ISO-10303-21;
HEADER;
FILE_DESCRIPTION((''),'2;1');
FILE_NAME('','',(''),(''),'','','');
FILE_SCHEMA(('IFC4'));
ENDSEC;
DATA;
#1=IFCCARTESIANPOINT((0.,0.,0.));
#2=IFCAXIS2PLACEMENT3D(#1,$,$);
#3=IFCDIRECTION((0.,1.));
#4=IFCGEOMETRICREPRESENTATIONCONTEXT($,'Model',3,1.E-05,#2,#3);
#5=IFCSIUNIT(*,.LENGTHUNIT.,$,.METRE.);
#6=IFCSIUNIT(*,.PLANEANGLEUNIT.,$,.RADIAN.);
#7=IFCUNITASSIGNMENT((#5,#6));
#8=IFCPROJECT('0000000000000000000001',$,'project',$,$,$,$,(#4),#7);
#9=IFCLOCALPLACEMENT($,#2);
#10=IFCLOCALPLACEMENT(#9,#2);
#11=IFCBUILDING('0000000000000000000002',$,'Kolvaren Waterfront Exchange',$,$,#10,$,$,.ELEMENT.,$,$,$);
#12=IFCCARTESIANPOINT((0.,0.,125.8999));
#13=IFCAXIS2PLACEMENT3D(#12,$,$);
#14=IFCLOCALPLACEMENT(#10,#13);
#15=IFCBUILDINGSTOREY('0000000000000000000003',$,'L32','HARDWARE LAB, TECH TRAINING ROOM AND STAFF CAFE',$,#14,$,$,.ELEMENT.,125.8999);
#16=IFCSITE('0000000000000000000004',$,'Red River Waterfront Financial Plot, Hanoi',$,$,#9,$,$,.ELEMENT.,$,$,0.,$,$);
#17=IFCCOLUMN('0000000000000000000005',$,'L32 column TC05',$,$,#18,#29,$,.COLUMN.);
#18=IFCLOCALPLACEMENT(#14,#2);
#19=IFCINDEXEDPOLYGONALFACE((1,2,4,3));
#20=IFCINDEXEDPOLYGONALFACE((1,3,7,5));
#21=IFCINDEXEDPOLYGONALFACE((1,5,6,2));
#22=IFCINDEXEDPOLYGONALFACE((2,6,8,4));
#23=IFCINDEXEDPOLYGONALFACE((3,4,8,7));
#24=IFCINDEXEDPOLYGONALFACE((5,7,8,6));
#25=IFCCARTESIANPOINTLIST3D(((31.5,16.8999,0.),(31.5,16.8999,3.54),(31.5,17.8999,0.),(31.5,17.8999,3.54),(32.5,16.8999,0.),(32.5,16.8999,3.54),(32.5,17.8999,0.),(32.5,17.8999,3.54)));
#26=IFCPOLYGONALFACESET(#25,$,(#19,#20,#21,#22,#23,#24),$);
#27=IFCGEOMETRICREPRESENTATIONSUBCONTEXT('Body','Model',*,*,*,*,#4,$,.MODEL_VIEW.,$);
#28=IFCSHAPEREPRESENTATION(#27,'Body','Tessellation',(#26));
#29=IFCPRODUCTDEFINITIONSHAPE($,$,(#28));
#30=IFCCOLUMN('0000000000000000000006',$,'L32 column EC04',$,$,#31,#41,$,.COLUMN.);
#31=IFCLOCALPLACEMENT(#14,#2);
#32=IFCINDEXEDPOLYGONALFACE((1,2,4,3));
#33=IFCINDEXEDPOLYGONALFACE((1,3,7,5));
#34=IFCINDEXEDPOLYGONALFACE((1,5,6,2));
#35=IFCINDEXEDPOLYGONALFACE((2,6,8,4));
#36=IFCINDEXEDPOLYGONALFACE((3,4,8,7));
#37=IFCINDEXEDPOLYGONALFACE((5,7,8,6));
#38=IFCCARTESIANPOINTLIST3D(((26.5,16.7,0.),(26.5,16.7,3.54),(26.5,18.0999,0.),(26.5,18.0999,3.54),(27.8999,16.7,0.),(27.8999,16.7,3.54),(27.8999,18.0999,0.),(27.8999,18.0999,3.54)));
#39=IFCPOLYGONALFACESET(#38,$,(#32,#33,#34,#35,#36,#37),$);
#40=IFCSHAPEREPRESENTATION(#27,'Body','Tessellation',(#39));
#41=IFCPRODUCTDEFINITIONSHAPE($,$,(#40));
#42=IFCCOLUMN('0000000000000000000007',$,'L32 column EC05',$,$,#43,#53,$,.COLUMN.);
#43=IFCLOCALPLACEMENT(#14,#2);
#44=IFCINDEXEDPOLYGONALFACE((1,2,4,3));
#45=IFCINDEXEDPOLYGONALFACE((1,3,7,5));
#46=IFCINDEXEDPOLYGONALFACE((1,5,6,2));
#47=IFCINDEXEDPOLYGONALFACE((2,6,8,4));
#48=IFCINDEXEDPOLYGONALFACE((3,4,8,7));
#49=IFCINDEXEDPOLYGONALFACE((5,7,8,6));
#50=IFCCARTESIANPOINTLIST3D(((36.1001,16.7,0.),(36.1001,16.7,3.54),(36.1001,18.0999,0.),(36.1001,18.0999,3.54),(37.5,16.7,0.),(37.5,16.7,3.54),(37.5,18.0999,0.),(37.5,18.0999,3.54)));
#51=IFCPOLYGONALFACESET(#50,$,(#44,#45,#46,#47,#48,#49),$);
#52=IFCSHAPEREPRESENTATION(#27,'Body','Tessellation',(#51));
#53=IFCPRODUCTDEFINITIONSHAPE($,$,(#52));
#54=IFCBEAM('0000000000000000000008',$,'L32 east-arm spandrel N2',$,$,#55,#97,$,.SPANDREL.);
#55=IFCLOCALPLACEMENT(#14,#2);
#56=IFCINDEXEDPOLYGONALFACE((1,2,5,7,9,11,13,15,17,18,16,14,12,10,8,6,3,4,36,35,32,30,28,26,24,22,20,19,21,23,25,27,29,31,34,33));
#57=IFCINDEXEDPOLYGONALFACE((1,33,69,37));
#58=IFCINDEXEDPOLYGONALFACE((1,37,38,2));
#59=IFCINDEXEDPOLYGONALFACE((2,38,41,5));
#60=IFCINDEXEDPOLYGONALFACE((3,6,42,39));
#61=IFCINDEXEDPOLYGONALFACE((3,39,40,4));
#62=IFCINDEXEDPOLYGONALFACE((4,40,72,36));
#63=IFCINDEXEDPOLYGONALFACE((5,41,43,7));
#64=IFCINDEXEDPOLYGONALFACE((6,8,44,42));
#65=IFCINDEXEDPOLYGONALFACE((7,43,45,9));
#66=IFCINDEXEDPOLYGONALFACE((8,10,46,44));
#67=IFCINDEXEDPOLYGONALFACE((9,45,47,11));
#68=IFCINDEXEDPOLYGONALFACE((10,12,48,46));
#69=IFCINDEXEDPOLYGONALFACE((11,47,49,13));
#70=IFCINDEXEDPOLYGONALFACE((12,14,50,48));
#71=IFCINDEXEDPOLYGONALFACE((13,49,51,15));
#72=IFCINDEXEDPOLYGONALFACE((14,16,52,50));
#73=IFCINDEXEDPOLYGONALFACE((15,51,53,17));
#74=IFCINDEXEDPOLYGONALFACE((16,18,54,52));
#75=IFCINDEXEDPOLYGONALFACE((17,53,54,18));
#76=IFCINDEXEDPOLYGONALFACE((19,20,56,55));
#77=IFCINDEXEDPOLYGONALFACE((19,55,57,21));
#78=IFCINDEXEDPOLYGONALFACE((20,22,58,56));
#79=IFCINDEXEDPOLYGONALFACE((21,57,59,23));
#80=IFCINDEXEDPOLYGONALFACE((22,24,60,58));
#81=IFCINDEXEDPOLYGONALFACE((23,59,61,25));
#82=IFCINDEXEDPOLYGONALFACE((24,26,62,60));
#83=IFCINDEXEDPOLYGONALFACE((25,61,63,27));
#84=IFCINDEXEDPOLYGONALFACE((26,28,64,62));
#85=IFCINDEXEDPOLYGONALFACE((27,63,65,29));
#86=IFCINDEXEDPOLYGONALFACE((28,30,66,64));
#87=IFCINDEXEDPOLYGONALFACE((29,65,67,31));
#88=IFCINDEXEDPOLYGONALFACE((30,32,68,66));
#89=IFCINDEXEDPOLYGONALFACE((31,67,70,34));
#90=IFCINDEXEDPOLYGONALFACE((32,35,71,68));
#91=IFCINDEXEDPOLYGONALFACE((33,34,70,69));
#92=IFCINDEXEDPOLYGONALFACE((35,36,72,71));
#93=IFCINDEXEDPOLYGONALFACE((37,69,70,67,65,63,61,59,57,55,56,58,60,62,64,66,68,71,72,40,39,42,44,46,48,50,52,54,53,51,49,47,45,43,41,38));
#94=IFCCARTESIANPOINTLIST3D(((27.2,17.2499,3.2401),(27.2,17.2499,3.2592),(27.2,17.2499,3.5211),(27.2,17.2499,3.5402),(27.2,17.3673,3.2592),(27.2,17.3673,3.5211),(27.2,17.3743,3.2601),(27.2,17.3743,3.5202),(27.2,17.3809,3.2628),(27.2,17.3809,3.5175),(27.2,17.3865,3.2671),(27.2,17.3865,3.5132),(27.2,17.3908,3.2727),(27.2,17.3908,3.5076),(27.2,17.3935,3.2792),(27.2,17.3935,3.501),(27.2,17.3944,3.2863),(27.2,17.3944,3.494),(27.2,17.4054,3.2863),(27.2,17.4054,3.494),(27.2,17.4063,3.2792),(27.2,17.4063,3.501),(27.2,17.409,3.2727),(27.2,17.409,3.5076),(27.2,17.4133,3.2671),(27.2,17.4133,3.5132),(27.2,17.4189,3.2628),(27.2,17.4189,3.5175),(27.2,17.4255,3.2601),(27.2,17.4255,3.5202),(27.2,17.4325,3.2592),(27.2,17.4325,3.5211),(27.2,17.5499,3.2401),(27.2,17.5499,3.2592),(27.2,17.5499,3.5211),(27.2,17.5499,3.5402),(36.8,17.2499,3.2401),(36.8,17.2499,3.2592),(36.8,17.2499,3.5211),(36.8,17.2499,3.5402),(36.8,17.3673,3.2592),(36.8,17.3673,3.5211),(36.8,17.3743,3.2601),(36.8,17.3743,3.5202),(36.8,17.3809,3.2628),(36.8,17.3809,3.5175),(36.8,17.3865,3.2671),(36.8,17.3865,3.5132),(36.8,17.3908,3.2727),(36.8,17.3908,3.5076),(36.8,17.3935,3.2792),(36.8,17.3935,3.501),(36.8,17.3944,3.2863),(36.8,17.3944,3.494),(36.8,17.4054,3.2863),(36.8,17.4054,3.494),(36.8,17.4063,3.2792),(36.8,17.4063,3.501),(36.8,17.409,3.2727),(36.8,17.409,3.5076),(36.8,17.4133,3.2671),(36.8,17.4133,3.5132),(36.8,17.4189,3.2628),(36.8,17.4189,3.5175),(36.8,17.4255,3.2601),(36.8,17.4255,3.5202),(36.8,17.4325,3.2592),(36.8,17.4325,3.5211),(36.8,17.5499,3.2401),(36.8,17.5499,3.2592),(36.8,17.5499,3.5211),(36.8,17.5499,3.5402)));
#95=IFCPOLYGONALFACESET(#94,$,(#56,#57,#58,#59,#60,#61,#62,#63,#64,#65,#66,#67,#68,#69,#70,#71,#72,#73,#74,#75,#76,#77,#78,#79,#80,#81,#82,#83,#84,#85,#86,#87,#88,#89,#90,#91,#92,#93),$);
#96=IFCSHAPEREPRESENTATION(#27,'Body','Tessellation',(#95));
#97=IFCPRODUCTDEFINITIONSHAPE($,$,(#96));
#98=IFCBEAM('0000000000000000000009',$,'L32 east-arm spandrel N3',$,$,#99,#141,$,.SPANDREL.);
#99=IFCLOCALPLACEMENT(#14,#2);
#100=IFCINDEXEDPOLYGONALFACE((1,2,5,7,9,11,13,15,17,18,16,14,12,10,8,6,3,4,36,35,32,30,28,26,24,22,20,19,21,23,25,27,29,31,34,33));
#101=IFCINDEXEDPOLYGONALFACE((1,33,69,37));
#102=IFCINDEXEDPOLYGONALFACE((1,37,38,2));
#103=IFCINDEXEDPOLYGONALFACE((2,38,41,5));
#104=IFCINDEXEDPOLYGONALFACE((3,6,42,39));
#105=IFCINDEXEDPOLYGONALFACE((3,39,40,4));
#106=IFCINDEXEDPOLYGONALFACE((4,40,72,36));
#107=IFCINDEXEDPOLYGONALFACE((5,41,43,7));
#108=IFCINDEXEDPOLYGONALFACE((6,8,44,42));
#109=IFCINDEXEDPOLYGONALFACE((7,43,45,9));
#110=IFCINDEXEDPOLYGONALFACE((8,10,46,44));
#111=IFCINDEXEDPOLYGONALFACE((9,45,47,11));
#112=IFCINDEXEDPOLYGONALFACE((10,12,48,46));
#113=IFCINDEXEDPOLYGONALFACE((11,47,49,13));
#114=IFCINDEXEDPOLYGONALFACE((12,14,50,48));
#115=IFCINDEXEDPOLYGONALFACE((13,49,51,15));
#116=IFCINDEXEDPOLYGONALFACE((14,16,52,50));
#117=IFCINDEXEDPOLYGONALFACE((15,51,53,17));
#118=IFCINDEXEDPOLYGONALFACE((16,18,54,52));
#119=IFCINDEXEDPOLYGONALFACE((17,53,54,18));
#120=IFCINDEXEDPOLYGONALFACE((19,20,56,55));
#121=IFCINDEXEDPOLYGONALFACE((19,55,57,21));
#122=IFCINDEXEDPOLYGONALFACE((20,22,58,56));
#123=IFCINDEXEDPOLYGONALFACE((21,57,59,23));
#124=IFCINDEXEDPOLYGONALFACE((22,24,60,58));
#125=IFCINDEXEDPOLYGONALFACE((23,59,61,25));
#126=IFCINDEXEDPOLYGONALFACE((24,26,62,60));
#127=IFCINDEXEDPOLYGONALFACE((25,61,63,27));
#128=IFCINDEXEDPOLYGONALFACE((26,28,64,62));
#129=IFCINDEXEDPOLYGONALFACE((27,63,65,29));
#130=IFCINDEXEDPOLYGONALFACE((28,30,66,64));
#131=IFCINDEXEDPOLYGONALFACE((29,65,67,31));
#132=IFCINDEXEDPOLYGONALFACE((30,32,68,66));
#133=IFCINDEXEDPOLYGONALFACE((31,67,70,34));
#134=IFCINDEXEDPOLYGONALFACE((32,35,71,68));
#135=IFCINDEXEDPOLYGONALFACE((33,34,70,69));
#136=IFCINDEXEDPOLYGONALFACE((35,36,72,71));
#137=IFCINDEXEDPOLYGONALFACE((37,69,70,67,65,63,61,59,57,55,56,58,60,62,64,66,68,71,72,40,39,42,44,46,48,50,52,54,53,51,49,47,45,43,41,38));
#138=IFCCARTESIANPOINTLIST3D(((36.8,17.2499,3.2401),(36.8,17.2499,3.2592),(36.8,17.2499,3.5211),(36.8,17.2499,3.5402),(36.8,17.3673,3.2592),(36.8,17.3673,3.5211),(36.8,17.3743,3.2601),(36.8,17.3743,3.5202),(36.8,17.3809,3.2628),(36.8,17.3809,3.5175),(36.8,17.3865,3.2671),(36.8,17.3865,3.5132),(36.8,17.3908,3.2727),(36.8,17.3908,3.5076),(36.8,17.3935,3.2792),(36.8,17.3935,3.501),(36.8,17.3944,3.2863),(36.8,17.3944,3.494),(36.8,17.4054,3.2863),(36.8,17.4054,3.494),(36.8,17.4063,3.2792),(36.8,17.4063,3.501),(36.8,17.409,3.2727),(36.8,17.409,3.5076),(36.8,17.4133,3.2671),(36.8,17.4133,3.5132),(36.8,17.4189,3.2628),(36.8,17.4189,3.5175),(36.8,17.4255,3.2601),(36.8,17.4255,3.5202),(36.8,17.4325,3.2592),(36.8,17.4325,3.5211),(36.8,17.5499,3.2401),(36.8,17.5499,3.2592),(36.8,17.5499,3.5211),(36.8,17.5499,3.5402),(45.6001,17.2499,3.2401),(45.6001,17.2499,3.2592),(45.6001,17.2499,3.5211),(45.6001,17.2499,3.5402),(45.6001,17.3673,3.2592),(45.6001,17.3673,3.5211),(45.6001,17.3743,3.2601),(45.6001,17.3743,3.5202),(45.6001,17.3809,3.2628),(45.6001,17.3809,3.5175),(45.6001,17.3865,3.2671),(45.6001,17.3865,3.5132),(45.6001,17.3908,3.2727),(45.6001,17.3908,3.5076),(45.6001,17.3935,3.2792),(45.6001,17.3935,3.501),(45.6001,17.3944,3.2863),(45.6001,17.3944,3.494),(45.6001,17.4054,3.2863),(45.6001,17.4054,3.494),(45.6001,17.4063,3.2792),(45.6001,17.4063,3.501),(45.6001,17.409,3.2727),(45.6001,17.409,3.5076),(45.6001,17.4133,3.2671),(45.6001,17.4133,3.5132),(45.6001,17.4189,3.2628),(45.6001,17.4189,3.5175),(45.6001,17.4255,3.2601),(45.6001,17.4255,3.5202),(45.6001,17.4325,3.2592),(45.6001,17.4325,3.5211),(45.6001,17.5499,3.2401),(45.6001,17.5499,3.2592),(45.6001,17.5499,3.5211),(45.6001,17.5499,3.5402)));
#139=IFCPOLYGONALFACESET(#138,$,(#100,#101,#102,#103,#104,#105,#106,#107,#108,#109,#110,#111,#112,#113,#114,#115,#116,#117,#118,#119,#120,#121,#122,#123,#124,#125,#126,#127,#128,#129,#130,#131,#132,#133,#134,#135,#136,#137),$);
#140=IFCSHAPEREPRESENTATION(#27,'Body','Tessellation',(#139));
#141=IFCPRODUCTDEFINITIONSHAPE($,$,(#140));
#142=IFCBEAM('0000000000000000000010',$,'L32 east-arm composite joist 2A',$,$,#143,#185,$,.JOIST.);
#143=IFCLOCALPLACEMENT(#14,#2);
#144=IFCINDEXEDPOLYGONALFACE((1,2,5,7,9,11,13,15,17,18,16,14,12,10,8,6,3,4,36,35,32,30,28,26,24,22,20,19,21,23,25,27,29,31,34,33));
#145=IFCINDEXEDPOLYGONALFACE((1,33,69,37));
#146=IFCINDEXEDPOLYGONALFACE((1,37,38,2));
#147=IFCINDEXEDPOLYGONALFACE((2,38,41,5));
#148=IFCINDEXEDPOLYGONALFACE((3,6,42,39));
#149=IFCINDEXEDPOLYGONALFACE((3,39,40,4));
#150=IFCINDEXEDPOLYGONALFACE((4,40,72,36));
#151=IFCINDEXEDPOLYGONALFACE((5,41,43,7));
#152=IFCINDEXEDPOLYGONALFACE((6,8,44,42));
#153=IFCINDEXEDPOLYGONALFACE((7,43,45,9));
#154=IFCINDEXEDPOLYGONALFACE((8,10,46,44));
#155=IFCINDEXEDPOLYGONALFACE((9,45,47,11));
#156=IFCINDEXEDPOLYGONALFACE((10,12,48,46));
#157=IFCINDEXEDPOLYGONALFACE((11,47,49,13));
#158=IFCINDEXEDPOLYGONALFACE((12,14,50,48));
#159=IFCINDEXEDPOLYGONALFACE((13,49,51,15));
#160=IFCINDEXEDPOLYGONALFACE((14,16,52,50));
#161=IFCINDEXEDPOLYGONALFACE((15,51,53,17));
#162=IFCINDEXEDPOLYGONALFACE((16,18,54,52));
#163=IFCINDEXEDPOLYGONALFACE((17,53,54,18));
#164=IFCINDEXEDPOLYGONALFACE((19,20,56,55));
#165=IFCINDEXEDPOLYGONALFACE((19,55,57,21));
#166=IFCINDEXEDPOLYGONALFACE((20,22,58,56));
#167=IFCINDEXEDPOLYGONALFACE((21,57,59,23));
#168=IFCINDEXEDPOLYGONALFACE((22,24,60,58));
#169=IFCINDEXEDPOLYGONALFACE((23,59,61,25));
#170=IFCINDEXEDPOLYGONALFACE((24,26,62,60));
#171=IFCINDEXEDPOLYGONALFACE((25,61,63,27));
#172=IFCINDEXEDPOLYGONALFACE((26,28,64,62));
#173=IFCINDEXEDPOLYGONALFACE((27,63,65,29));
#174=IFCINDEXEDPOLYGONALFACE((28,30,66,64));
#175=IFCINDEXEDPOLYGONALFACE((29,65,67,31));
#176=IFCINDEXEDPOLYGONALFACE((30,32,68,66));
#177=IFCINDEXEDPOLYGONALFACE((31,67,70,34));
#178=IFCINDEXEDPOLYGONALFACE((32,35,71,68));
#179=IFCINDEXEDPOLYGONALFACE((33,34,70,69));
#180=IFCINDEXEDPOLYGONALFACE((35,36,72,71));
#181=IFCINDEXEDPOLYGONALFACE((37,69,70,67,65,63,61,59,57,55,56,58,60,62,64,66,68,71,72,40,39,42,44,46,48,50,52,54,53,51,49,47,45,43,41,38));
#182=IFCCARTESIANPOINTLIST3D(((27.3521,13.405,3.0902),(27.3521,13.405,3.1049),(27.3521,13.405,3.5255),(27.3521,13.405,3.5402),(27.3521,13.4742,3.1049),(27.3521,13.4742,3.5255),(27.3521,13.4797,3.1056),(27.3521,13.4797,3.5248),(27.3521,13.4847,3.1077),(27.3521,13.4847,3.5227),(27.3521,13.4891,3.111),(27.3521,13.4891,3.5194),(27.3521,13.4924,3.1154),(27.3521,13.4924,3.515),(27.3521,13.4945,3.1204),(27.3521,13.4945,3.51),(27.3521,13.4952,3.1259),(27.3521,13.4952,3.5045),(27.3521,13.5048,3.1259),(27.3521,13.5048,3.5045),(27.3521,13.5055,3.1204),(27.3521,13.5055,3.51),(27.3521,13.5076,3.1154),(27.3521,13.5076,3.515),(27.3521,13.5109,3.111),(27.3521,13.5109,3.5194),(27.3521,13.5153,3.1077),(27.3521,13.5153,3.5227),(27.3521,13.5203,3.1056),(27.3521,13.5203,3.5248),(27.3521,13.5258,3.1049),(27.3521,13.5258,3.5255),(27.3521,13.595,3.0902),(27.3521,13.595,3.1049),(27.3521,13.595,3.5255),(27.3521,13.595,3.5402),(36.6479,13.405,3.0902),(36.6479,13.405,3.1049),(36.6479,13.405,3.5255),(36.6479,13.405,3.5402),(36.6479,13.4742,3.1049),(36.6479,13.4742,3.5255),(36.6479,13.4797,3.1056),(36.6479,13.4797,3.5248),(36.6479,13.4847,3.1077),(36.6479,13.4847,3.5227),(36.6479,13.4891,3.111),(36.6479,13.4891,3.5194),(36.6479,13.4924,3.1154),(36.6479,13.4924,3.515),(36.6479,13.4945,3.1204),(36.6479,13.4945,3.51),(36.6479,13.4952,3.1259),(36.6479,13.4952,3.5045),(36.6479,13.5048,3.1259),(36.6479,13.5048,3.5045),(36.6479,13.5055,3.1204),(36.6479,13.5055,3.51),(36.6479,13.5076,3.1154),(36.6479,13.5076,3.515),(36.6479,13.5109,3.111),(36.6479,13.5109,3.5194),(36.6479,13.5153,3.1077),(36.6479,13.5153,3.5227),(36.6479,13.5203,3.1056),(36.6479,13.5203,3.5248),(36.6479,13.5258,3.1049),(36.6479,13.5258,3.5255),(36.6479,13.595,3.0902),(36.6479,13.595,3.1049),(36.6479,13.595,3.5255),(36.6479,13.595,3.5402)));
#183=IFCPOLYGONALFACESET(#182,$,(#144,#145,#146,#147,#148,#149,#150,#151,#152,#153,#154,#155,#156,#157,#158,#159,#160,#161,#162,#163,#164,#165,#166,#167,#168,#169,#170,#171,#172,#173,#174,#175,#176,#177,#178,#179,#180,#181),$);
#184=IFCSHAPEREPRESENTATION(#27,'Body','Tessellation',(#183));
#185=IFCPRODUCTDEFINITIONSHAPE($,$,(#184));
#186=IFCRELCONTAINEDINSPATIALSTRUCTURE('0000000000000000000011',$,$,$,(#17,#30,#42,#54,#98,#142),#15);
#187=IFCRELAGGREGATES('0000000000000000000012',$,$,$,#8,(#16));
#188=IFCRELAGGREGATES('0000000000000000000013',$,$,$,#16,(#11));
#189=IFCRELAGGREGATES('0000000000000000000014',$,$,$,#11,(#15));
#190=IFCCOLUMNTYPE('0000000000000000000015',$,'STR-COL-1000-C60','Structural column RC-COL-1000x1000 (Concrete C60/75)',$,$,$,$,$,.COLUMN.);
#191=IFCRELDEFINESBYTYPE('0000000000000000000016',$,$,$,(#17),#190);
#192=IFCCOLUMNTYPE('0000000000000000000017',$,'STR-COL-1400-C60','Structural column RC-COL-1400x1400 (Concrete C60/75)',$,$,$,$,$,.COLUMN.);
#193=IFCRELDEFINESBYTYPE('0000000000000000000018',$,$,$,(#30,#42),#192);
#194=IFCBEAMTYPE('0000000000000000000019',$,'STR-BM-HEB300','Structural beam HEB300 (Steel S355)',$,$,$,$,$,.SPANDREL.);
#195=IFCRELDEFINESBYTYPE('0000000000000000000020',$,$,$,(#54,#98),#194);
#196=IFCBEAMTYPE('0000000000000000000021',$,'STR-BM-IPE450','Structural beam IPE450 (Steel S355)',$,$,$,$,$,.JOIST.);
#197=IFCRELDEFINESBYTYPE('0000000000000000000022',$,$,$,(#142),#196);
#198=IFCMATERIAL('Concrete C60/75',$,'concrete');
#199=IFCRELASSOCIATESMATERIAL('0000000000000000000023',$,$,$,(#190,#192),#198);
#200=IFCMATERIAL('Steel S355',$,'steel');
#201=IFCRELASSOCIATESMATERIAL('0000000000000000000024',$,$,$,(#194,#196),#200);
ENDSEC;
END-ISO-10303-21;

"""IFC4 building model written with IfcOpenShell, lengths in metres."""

from ifc_helpers import new_model, si_unit, direction, frame, origin, origin_2d, place, context, subcontext, project, spatial, rectangle, i_section, extrude, material, material_profile, profile_set, type_object, element, save


model = new_model("IFC4")

# Units and contexts
model_context = context("Model", 3, precision=1e-05, world=origin(), true_north=direction((0.0, 1.0)))
body_context = subcontext(model_context, "Body", "Model", "MODEL_VIEW")
ifc_project = project(units=[si_unit("LENGTHUNIT", "METRE"), si_unit("PLANEANGLEUNIT", "RADIAN")], contexts=[model_context])

# Site, building, storey
site_placement = place(None, origin())
site = spatial("IfcSite", under=ifc_project, at=site_placement, Name="Red River Waterfront Financial Plot, Hanoi", CompositionType="ELEMENT", RefElevation=0.0)
building_placement = place(site_placement, origin())
building = spatial("IfcBuilding", under=site, at=building_placement, Name="Kolvaren Waterfront Exchange", CompositionType="ELEMENT")
storey_placement = place(building_placement, frame((0.0, 0.0, 125.8999)))
storey = spatial("IfcBuildingStorey", under=building, at=storey_placement, Name="L32", Description="HARDWARE LAB, TECH TRAINING ROOM AND STAFF CAFE", CompositionType="ELEMENT", Elevation=125.8999)

# Columns
ifc_material_1 = material(Name="Concrete C60/75", Category="concrete")
ifc_material_profile_1 = material_profile(ifc_material_1, rectangle(XDim=1.0, YDim=1.0, at=origin_2d()), Name="RC-COL-1000x1000")
ifc_profile_set_1 = profile_set([ifc_material_profile_1], Name="Concrete C60/75")
column_type_1 = type_object("IfcColumnType", Name="STR-COL-1000-C60", Description="Structural column RC-COL-1000x1000 (Concrete C60/75)", PredefinedType="COLUMN", material=ifc_profile_set_1)
column_placement = place(storey_placement, frame((32.0, 17.3999, 0.0), z_axis=(0.0, 0.0, 1.0), x_axis=(1.0, 0.0, 0.0)))
element("IfcColumn", 1, at=column_placement, inside=storey, type_object=column_type_1, Name="L32 column TC05", PredefinedType="COLUMN", context=body_context, shape_type="SweptSolid", body=[
    extrude(rectangle(XDim=1.0, YDim=1.0, at=origin_2d()), origin(), (0.0, 0.0, 1.0), 3.54),
])
ifc_material_profile_2 = material_profile(ifc_material_1, rectangle(XDim=1.3999, YDim=1.3999, at=origin_2d()), Name="RC-COL-1400x1400")
ifc_profile_set_2 = profile_set([ifc_material_profile_2], Name="Concrete C60/75")
column_type_2 = type_object("IfcColumnType", Name="STR-COL-1400-C60", Description="Structural column RC-COL-1400x1400 (Concrete C60/75)", PredefinedType="COLUMN", material=ifc_profile_set_2)
for number, where, z_axis, x_axis, name in (
    (2, (27.2, 17.3999, 0.0), (0.0, 0.0, 1.0), (1.0, 0.0, 0.0), "L32 column EC04"),
    (3, (36.8, 17.3999, 0.0), (0.0, 0.0, 1.0), (1.0, 0.0, 0.0), "L32 column EC05"),
):
    element("IfcColumn", number, at=place(storey_placement, frame(where, z_axis=z_axis, x_axis=x_axis)), inside=storey, type_object=column_type_2, Name=name, PredefinedType="COLUMN", context=body_context, shape_type="SweptSolid", body=[
        extrude(rectangle(XDim=1.3999, YDim=1.3999, at=origin_2d()), origin(), (0.0, 0.0, 1.0), 3.54),
    ])

# Beams
ifc_material_2 = material(Name="Steel S355", Category="steel")
ifc_material_profile_3 = material_profile(ifc_material_2, i_section(OverallWidth=0.3, OverallDepth=0.3, WebThickness=0.011, FlangeThickness=0.019, FilletRadius=0.0271, at=origin_2d()), Name="HEB300")
ifc_profile_set_3 = profile_set([ifc_material_profile_3], Name="Steel S355")
beam_type_1 = type_object("IfcBeamType", Name="STR-BM-HEB300", Description="Structural beam HEB300 (Steel S355)", PredefinedType="SPANDREL", material=ifc_profile_set_3)
beam_1_placement = place(storey_placement, frame((27.2, 17.3999, 3.3901), z_axis=(1.0, 0.0, 0.0), x_axis=(0.0, 1.0, 0.0)))
element("IfcBeam", 4, at=beam_1_placement, inside=storey, type_object=beam_type_1, Name="L32 east-arm spandrel N2", PredefinedType="SPANDREL", context=body_context, shape_type="SweptSolid", body=[
    extrude(i_section(OverallWidth=0.3, OverallDepth=0.3, WebThickness=0.011, FlangeThickness=0.019, FilletRadius=0.0271, at=origin_2d()), origin(), (0.0, 0.0, 1.0), 9.6001),
])
beam_2_placement = place(storey_placement, frame((36.8, 17.3999, 3.3901), z_axis=(1.0, 0.0, 0.0), x_axis=(0.0, 1.0, 0.0)))
element("IfcBeam", 5, at=beam_2_placement, inside=storey, type_object=beam_type_1, Name="L32 east-arm spandrel N3", PredefinedType="SPANDREL", context=body_context, shape_type="SweptSolid", body=[
    extrude(i_section(OverallWidth=0.3, OverallDepth=0.3, WebThickness=0.011, FlangeThickness=0.019, FilletRadius=0.0271, at=origin_2d()), origin(), (0.0, 0.0, 1.0), 8.8),
])
ifc_material_profile_4 = material_profile(ifc_material_2, i_section(OverallWidth=0.1899, OverallDepth=0.45, WebThickness=0.0095, FlangeThickness=0.0146, FilletRadius=0.021, at=origin_2d()), Name="IPE450")
ifc_profile_set_4 = profile_set([ifc_material_profile_4], Name="Steel S355")
beam_type_2 = type_object("IfcBeamType", Name="STR-BM-IPE450", Description="Structural beam IPE450 (Steel S355)", PredefinedType="JOIST", material=ifc_profile_set_4)
for number, where, z_axis, x_axis, name in (
    (6, (27.3521, 13.5, 3.3152), (1.0, 0.0, 0.0), (0.0, 1.0, 0.0), "L32 east-arm composite joist 2A"),
):
    element("IfcBeam", number, at=place(storey_placement, frame(where, z_axis=z_axis, x_axis=x_axis)), inside=storey, type_object=beam_type_2, Name=name, PredefinedType="JOIST", context=body_context, shape_type="SweptSolid", body=[
        extrude(i_section(OverallWidth=0.1899, OverallDepth=0.45, WebThickness=0.0095, FlangeThickness=0.0146, FilletRadius=0.021, at=origin_2d()), origin(), (0.0, 0.0, 1.0), 9.2959),
    ])

save(model, "model.ifc")
